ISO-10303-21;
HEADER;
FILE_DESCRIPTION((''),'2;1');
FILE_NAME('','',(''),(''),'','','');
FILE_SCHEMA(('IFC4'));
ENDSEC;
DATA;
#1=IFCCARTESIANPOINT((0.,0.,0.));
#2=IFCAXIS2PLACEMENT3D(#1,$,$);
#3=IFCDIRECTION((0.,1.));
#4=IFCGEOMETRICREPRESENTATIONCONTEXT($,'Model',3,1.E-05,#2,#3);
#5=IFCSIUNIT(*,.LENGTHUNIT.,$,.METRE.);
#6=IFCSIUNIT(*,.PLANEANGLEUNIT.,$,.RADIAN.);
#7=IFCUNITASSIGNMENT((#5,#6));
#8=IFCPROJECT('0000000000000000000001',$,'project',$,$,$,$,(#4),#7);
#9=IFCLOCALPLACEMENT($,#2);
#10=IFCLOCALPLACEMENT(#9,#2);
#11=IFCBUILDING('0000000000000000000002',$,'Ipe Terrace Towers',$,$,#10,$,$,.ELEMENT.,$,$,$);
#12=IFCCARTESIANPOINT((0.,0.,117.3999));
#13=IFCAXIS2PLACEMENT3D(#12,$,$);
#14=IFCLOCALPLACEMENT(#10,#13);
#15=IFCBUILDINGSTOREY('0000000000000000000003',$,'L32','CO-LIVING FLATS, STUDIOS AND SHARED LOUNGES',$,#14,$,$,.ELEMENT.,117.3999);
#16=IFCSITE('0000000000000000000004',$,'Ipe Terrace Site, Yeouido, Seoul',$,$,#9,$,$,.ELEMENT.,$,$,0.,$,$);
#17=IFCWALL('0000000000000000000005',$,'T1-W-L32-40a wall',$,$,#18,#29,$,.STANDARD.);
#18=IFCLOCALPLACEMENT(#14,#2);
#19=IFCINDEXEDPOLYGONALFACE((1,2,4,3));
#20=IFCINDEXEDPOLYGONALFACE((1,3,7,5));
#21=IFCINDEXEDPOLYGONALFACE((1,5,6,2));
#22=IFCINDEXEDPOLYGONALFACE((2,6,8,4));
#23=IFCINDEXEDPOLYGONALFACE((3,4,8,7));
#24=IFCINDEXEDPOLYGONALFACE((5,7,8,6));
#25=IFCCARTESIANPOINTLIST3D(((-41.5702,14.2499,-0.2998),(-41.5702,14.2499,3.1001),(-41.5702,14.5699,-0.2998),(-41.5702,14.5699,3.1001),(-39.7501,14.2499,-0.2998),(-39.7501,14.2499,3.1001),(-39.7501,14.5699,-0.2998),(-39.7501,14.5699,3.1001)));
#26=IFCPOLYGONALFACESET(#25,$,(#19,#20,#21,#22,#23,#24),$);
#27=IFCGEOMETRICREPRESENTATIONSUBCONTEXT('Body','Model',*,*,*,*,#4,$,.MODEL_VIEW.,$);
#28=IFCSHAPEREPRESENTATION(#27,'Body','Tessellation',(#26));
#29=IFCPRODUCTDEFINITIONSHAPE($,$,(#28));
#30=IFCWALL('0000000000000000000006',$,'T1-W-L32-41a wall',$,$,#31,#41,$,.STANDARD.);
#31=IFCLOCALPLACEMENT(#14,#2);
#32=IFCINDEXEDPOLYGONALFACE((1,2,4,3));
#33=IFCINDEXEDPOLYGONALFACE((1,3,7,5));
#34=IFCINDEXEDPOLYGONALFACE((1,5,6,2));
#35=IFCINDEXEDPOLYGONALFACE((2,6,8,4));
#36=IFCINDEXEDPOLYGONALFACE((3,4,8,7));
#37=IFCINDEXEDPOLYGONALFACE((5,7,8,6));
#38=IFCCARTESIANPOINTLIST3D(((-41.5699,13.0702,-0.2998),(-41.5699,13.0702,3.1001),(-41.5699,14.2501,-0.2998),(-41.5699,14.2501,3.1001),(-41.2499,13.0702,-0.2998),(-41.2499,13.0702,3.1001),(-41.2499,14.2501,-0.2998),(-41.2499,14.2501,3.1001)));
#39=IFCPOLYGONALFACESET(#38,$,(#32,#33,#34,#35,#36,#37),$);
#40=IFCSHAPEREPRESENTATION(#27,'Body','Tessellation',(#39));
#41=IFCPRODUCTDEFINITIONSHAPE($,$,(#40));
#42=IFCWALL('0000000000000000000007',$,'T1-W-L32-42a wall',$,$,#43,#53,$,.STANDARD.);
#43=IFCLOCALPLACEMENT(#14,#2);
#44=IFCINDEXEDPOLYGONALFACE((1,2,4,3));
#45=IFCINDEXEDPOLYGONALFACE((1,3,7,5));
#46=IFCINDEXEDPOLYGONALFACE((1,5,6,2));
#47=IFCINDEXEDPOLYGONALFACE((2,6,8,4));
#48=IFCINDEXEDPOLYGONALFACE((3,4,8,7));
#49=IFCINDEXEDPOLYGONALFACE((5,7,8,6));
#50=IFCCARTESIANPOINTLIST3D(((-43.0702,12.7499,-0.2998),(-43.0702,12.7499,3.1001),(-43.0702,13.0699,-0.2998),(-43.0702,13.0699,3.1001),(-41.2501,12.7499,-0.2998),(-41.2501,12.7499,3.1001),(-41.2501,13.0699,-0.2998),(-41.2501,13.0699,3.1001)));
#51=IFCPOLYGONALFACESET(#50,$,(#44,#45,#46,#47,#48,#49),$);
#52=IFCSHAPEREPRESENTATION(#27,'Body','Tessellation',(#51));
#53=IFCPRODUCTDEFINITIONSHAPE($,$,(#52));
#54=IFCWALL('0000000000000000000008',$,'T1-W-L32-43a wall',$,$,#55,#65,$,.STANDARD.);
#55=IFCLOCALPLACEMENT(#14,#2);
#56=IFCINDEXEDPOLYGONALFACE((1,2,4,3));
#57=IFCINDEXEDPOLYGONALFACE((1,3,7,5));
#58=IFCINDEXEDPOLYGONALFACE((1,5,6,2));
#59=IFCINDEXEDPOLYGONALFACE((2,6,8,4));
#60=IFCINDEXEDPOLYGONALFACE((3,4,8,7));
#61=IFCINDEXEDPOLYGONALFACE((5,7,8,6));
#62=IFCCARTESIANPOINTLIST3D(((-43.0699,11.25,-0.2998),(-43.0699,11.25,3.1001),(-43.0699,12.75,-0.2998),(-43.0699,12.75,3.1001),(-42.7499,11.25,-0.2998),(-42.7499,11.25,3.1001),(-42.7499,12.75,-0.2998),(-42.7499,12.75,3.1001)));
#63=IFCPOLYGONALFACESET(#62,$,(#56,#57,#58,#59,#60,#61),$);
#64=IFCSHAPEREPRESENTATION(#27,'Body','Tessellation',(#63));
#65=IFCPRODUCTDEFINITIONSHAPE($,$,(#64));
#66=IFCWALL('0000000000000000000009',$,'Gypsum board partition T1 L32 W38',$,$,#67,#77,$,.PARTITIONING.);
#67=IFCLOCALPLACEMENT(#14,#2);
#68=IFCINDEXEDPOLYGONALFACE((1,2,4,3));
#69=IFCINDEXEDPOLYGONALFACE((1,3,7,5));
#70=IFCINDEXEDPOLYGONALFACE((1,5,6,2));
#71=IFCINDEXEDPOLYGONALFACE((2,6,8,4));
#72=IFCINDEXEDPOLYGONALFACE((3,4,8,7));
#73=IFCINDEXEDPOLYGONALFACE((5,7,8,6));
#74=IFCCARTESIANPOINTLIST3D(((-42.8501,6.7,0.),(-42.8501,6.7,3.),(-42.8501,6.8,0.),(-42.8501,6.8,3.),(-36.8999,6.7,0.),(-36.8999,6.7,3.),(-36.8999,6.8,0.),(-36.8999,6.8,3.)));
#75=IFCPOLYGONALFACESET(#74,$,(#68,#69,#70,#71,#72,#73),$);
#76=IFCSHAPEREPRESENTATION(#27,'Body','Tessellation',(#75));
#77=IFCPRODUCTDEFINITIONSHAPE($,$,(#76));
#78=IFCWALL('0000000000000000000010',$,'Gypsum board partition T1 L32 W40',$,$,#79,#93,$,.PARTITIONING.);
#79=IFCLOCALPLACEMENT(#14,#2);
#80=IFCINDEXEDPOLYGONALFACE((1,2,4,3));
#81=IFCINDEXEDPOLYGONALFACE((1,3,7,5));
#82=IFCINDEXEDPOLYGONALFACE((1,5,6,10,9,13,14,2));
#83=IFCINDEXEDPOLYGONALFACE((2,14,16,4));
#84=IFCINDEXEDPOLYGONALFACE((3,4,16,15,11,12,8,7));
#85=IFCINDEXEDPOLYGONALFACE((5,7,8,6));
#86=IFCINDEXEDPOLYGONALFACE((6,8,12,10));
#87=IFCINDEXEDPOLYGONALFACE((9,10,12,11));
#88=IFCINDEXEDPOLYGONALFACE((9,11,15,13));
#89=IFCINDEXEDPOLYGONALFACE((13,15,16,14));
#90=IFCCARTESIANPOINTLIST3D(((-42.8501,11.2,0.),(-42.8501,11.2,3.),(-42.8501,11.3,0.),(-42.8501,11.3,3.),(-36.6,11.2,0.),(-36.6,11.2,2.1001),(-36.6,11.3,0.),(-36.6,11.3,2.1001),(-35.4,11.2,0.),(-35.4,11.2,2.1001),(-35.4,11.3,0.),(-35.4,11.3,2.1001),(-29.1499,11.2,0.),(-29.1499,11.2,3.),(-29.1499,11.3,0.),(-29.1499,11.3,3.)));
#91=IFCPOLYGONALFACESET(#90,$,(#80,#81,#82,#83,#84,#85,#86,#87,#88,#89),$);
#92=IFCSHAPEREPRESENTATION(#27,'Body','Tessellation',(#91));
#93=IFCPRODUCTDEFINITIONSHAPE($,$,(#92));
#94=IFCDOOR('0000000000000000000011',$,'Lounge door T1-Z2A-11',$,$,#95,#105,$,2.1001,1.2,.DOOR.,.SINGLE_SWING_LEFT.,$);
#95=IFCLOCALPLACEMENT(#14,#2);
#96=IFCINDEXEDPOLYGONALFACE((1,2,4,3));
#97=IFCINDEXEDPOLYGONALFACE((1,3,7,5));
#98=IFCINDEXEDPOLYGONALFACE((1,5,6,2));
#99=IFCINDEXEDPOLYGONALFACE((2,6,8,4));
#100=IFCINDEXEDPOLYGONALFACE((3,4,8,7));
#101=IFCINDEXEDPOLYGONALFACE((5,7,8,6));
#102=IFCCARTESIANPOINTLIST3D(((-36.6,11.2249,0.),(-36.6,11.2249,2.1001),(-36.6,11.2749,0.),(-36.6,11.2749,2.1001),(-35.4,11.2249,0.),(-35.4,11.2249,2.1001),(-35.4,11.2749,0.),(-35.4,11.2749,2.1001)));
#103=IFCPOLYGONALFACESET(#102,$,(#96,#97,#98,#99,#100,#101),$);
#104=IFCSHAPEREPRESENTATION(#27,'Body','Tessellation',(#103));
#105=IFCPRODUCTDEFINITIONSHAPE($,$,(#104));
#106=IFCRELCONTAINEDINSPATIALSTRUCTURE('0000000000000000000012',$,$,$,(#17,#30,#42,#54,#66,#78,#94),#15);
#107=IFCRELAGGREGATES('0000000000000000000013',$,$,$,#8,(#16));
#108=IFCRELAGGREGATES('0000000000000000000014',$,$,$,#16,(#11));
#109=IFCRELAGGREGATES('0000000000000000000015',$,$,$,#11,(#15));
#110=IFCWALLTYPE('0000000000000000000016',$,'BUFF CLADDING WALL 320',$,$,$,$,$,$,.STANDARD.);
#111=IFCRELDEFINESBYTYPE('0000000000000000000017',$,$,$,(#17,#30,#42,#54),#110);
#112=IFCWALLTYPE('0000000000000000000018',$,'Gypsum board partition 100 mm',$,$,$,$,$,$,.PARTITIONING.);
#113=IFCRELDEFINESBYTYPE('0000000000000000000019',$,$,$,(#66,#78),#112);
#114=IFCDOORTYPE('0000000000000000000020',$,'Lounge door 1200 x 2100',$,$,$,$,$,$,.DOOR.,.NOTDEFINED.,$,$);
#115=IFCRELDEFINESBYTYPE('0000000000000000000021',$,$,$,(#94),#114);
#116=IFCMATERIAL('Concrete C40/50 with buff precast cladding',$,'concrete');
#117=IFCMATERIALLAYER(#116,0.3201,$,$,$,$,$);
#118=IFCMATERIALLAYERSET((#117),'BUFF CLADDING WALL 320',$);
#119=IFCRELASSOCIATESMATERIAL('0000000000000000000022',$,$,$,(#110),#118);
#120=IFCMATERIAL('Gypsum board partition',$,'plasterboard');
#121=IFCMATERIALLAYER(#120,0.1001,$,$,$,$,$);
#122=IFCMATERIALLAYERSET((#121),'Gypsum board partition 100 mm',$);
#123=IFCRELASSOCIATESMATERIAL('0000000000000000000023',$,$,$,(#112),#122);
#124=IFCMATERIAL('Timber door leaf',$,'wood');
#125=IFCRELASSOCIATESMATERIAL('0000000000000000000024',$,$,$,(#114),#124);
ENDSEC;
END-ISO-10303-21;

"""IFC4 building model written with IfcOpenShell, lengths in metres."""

from ifc_helpers import new_model, si_unit, direction, frame, frame_2d, origin, place, context, subcontext, project, spatial, rectangle, extrude, material, layer, layer_set, type_object, element, fill, save


model = new_model("IFC4")

# Units and contexts
model_context = context("Model", 3, precision=1e-05, world=origin(), true_north=direction((0.0, 1.0)))
body_context = subcontext(model_context, "Body", "Model", "MODEL_VIEW")
ifc_project = project(units=[si_unit("LENGTHUNIT", "METRE"), si_unit("PLANEANGLEUNIT", "RADIAN")], contexts=[model_context])

# Site, building, storey
site_placement = place(None, origin())
site = spatial("IfcSite", under=ifc_project, at=site_placement, Name="Ipe Terrace Site, Yeouido, Seoul", CompositionType="ELEMENT", RefElevation=0.0)
building_placement = place(site_placement, origin())
building = spatial("IfcBuilding", under=site, at=building_placement, Name="Ipe Terrace Towers", CompositionType="ELEMENT")
storey_placement = place(building_placement, frame((0.0, 0.0, 117.3999)))
storey = spatial("IfcBuildingStorey", under=building, at=storey_placement, Name="L32", Description="CO-LIVING FLATS, STUDIOS AND SHARED LOUNGES", CompositionType="ELEMENT", Elevation=117.3999)

# Walls
ifc_material_1 = material(Name="Concrete C40/50 with buff precast cladding", Category="concrete")
ifc_layer_1 = layer(ifc_material_1, 0.3201)
ifc_layer_set_1 = layer_set([ifc_layer_1], Name="BUFF CLADDING WALL 320")
wall_type_1 = type_object("IfcWallType", Name="BUFF CLADDING WALL 320", PredefinedType="STANDARD", material=ifc_layer_set_1)
wall_1_placement = place(storey_placement, frame((-39.75, 14.4099, -0.2998), z_axis=(0.0, 0.0, 1.0), x_axis=(-1.0, 0.0, 0.0)))
element("IfcWall", 1, at=wall_1_placement, inside=storey, type_object=wall_type_1, Name="T1-W-L32-40a wall", PredefinedType="STANDARD", context=body_context, shape_type="SweptSolid", body=[
    extrude(rectangle(XDim=1.8201, YDim=0.3201, at=frame_2d((0.9102, 0.0))), origin(), (0.0, 0.0, 1.0), 3.3999),
])
wall_2_placement = place(storey_placement, frame((-41.4099, 14.25, -0.2998), z_axis=(0.0, 0.0, 1.0), x_axis=(0.0, -1.0, 0.0)))
element("IfcWall", 2, at=wall_2_placement, inside=storey, type_object=wall_type_1, Name="T1-W-L32-41a wall", PredefinedType="STANDARD", context=body_context, shape_type="SweptSolid", body=[
    extrude(rectangle(XDim=1.1799, YDim=0.3201, at=frame_2d((0.5898, 0.0))), origin(), (0.0, 0.0, 1.0), 3.3999),
])
wall_3_placement = place(storey_placement, frame((-41.25, 12.9099, -0.2998), z_axis=(0.0, 0.0, 1.0), x_axis=(-1.0, 0.0, 0.0)))
element("IfcWall", 3, at=wall_3_placement, inside=storey, type_object=wall_type_1, Name="T1-W-L32-42a wall", PredefinedType="STANDARD", context=body_context, shape_type="SweptSolid", body=[
    extrude(rectangle(XDim=1.8201, YDim=0.3201, at=frame_2d((0.9102, 0.0))), origin(), (0.0, 0.0, 1.0), 3.3999),
])
wall_4_placement = place(storey_placement, frame((-42.9099, 12.75, -0.2998), z_axis=(0.0, 0.0, 1.0), x_axis=(0.0, -1.0, 0.0)))
element("IfcWall", 4, at=wall_4_placement, inside=storey, type_object=wall_type_1, Name="T1-W-L32-43a wall", PredefinedType="STANDARD", context=body_context, shape_type="SweptSolid", body=[
    extrude(rectangle(XDim=1.5, YDim=0.3201, at=frame_2d((0.75, 0.0))), origin(), (0.0, 0.0, 1.0), 3.3999),
])
ifc_material_2 = material(Name="Gypsum board partition", Category="plasterboard")
ifc_layer_2 = layer(ifc_material_2, 0.1001)
ifc_layer_set_2 = layer_set([ifc_layer_2], Name="Gypsum board partition 100 mm")
wall_type_2 = type_object("IfcWallType", Name="Gypsum board partition 100 mm", PredefinedType="PARTITIONING", material=ifc_layer_set_2)
wall_5_placement = place(storey_placement, frame((-42.8501, 6.75, 0.0), z_axis=(0.0, 0.0, 1.0), x_axis=(1.0, 0.0, 0.0)))
element("IfcWall", 5, at=wall_5_placement, inside=storey, type_object=wall_type_2, Name="Gypsum board partition T1 L32 W38", PredefinedType="PARTITIONING", context=body_context, shape_type="SweptSolid", body=[
    extrude(rectangle(XDim=5.9502, YDim=0.1001, at=frame_2d((2.9751, 0.0))), origin(), (0.0, 0.0, 1.0), 3.0),
])

# Wall, opening, door
wall_6_placement = place(storey_placement, frame((-42.8501, 11.25, 0.0), z_axis=(0.0, 0.0, 1.0), x_axis=(1.0, 0.0, 0.0)))
wall_6 = element("IfcWall", 6, at=wall_6_placement, inside=storey, type_object=wall_type_2, Name="Gypsum board partition T1 L32 W40", PredefinedType="PARTITIONING", context=body_context, shape_type="SweptSolid", body=[
    extrude(rectangle(XDim=13.7002, YDim=0.1001, at=frame_2d((6.8501, 0.0))), origin(), (0.0, 0.0, 1.0), 3.0),
])
opening_1_placement = place(wall_6_placement, frame((6.25, 0.0, 0.0)))
opening_1 = element("IfcOpeningElement", 7, at=opening_1_placement, cuts=wall_6, PredefinedType="OPENING", context=body_context, shape_type="SweptSolid", body=[
    extrude(rectangle(XDim=1.2, YDim=2.1001, at=frame_2d((0.6001, 1.05))), frame((0.0, 0.0601, 0.0), z_axis=(0.0, -1.0, 0.0), x_axis=(1.0, 0.0, 0.0)), (0.0, 0.0, 1.0), 0.1201),
])
ifc_material_3 = material(Name="Timber door leaf", Category="wood")
door_type_1 = type_object("IfcDoorType", Name="Lounge door 1200 x 2100", OperationType="NOTDEFINED", PredefinedType="DOOR", material=ifc_material_3)
door_1_placement = place(opening_1_placement, origin())
door_1 = element("IfcDoor", 8, at=door_1_placement, inside=storey, type_object=door_type_1, Name="Lounge door T1-Z2A-11", OperationType="SINGLE_SWING_LEFT", OverallHeight=2.1001, OverallWidth=1.2, PredefinedType="DOOR", context=body_context, shape_type="SweptSolid", body=[
    extrude(rectangle(XDim=1.2, YDim=2.1001, at=frame_2d((0.6001, 1.05))), frame((0.0, 0.0249, 0.0), z_axis=(0.0, -1.0, 0.0), x_axis=(1.0, 0.0, 0.0)), (0.0, 0.0, 1.0), 0.05),
])
fill(opening_1, door_1)

save(model, "model.ifc")
